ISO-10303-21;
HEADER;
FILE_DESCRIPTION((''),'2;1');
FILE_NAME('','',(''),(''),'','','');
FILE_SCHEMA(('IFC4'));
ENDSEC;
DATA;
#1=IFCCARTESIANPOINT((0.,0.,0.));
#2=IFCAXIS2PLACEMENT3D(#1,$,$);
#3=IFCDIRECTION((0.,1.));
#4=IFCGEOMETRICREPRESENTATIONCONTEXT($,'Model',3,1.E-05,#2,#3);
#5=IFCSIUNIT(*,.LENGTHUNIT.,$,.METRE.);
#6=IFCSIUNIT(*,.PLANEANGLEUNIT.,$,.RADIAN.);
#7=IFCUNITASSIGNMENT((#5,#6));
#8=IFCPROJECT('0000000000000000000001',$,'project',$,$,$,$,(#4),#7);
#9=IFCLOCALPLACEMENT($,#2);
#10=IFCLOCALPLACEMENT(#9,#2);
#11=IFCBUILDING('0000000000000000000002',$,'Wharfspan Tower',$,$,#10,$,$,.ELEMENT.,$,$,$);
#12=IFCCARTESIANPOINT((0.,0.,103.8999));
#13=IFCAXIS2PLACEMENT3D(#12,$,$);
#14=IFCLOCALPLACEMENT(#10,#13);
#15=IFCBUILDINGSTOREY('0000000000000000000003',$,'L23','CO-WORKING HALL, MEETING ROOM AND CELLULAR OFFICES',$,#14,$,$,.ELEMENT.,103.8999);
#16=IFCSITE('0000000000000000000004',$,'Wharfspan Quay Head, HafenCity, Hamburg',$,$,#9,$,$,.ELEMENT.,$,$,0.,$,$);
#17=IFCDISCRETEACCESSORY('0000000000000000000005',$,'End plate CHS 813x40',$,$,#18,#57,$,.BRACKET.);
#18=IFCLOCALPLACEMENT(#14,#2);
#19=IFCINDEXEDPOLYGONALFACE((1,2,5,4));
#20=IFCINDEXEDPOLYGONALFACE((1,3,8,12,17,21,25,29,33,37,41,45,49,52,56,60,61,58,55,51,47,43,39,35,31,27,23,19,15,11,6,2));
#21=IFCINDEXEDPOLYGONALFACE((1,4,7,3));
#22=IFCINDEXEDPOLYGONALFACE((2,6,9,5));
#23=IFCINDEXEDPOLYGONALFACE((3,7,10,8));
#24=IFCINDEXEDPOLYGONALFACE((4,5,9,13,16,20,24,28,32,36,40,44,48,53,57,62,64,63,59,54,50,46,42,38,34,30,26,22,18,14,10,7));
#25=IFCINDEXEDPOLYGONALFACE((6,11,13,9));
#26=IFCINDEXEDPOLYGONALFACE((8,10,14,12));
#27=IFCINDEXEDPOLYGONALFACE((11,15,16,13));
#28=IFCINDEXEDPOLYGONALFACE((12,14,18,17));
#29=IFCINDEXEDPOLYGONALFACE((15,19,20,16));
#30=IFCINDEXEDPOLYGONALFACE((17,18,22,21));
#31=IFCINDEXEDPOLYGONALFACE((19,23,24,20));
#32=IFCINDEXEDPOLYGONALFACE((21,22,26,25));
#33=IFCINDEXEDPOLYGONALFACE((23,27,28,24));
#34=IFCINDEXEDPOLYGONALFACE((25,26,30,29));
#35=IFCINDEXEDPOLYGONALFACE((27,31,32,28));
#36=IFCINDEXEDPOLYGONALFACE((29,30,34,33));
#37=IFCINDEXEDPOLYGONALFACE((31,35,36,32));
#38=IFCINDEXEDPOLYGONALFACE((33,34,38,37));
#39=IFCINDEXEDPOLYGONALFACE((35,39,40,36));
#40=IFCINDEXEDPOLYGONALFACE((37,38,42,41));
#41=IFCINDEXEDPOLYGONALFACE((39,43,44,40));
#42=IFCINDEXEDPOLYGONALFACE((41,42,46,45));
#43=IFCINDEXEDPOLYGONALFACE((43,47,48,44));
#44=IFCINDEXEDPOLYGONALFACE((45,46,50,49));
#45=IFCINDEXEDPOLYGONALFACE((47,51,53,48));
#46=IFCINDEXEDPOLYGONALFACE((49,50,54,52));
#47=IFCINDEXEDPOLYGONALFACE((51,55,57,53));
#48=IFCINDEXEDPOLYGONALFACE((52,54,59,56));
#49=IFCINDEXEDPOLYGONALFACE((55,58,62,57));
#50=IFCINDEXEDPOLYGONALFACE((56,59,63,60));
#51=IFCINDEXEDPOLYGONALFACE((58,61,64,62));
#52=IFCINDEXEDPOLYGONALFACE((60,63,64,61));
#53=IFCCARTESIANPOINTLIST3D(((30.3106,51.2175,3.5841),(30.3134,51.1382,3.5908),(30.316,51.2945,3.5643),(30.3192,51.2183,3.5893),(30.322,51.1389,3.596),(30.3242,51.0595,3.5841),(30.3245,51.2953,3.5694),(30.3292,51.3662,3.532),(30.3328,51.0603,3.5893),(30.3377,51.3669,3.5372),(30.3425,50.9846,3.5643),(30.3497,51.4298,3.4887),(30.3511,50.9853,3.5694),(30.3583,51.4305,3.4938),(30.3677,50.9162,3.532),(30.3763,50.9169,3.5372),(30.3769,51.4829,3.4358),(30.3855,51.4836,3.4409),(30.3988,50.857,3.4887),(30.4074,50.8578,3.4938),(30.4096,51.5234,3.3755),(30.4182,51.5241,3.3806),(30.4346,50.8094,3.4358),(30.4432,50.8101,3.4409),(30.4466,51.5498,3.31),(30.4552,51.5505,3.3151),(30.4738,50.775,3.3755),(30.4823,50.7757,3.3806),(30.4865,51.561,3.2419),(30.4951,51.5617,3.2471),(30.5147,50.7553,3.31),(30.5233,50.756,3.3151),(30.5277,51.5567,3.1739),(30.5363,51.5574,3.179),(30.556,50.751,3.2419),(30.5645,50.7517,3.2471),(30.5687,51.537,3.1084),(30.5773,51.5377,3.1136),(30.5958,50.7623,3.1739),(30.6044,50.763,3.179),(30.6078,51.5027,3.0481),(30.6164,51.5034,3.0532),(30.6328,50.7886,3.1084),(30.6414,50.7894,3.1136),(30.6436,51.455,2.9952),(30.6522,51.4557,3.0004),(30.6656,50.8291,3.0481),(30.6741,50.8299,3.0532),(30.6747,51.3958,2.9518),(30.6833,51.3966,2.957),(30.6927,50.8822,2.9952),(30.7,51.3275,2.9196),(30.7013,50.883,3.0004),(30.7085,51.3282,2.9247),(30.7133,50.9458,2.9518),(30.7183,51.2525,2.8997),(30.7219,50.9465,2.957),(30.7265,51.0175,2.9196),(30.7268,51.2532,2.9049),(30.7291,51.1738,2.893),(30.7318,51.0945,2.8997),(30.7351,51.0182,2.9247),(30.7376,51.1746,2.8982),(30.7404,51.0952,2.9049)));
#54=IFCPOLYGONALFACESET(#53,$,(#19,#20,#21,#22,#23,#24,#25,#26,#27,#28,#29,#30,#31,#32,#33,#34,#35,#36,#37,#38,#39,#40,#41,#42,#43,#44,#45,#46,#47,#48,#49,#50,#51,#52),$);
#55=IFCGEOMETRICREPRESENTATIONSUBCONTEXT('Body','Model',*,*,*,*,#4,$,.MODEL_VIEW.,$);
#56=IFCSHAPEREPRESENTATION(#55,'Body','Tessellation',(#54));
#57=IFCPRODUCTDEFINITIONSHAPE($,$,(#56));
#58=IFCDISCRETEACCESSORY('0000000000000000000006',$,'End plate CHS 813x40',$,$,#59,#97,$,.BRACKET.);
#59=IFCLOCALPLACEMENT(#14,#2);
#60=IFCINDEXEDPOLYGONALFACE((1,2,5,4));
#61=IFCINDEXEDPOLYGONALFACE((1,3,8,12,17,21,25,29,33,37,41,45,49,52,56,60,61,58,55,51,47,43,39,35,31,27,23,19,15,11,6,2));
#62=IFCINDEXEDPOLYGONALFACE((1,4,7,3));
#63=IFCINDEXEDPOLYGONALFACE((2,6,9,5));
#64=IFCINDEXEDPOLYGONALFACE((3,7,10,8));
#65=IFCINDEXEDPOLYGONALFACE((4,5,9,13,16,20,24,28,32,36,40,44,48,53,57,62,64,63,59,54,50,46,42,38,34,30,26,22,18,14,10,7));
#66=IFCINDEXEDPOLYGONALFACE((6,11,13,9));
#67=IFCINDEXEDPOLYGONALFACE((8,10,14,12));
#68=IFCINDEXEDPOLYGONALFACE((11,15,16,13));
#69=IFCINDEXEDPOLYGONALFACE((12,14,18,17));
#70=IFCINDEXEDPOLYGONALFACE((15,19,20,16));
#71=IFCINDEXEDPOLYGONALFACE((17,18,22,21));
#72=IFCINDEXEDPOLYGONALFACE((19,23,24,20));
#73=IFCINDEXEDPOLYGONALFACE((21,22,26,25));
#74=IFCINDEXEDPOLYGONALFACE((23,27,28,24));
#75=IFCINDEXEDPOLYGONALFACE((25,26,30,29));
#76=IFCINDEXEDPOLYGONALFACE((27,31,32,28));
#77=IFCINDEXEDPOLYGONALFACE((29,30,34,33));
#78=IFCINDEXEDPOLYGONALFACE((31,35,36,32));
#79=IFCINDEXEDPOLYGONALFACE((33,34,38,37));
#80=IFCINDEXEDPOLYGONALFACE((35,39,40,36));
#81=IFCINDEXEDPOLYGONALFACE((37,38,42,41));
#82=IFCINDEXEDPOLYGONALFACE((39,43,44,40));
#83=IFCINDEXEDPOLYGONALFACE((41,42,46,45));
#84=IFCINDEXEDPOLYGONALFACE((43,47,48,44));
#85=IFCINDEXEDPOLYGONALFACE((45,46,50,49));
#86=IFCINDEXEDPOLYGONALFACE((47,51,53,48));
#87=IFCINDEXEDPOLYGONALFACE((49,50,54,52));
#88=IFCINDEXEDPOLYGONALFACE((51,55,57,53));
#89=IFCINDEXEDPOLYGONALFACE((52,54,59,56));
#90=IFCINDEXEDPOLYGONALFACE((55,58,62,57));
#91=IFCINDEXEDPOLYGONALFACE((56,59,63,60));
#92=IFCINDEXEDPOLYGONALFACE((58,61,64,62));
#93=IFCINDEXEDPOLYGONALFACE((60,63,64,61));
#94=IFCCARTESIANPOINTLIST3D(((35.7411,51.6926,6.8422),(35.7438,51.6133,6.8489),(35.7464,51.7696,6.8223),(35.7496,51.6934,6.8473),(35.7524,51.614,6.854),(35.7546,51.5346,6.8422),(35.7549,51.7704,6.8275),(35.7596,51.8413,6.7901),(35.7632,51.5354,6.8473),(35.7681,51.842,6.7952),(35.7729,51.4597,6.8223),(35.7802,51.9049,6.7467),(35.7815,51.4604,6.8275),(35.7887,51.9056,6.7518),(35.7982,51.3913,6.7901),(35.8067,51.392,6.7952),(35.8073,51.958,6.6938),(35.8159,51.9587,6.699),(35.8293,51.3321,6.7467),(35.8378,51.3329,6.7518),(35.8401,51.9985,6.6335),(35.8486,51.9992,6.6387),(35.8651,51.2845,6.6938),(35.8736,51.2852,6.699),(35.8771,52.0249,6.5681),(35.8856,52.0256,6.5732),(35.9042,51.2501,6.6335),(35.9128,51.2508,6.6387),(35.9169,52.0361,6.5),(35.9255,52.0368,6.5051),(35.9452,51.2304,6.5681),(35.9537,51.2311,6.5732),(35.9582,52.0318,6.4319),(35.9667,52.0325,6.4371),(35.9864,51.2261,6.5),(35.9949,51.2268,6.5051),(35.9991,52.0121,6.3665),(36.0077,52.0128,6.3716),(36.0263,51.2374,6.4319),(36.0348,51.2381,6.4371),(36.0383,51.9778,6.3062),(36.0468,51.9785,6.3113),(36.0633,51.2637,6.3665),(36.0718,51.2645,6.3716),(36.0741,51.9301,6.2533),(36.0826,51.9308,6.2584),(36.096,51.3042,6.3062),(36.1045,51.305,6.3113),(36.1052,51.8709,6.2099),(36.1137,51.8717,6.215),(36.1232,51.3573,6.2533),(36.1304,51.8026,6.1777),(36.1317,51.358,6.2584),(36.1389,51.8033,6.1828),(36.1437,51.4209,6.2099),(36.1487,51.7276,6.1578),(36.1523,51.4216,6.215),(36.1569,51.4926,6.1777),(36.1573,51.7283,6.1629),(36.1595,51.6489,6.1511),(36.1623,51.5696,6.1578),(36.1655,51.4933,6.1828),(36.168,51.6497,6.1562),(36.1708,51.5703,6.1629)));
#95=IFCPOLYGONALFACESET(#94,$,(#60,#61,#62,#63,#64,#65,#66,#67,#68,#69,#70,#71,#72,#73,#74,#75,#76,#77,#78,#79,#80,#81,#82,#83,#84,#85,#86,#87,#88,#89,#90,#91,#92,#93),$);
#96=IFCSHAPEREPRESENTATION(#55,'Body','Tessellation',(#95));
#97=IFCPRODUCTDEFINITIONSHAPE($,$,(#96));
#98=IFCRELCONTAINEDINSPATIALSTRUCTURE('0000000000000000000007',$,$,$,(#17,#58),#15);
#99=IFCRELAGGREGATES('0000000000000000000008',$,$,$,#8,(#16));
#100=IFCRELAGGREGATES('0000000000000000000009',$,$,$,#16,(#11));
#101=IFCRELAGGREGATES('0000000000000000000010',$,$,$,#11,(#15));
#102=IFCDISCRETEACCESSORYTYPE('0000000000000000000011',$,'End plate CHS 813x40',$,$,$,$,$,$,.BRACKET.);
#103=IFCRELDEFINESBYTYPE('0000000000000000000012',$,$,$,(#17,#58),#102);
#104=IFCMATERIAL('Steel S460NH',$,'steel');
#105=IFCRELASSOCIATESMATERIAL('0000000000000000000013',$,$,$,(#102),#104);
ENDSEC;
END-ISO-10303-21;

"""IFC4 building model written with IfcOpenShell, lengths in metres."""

from ifc_helpers import new_model, si_unit, direction, frame, origin, origin_2d, place, context, subcontext, project, spatial, circle, extrude, material, material_profile, profile_set, type_object, element, save


model = new_model("IFC4")

# Units and contexts
model_context = context("Model", 3, precision=1e-05, world=origin(), true_north=direction((0.0, 1.0)))
body_context = subcontext(model_context, "Body", "Model", "MODEL_VIEW")
ifc_project = project(units=[si_unit("LENGTHUNIT", "METRE"), si_unit("PLANEANGLEUNIT", "RADIAN")], contexts=[model_context])

# Site, building, storey
site_placement = place(None, origin())
site = spatial("IfcSite", under=ifc_project, at=site_placement, Name="Wharfspan Quay Head, HafenCity, Hamburg", CompositionType="ELEMENT", RefElevation=0.0)
building_placement = place(site_placement, origin())
building = spatial("IfcBuilding", under=site, at=building_placement, Name="Wharfspan Tower", CompositionType="ELEMENT")
storey_placement = place(building_placement, frame((0.0, 0.0, 103.8999)))
storey = spatial("IfcBuildingStorey", under=building, at=storey_placement, Name="L23", Description="CO-WORKING HALL, MEETING ROOM AND CELLULAR OFFICES", CompositionType="ELEMENT", Elevation=103.8999)

# Shared definitions
ifc_material_1 = material(Name="Steel S460NH", Category="steel")

# Discrete accessories
ifc_material_profile_1 = material_profile(ifc_material_1, circle(Radius=0.4065, at=origin_2d()))
ifc_profile_set_1 = profile_set([ifc_material_profile_1], Name="Steel S460NH")
discrete_accessory_type = type_object("IfcDiscreteAccessoryType", Name="End plate CHS 813x40", PredefinedType="BRACKET", material=ifc_profile_set_1)
for number, where, z_axis, x_axis, name in (
    (1, (30.5212, 51.156, 3.2419), (0.855186, 0.073302, 0.513112), (-0.085402, 0.996345, 0.000001), "End plate CHS 813x40"),
    (2, (35.9517, 51.6311, 6.5), (0.855186, 0.073302, 0.513112), (-0.085402, 0.996345, 0.000001), "End plate CHS 813x40"),
):
    element("IfcDiscreteAccessory", number, at=place(storey_placement, frame(where, z_axis=z_axis, x_axis=x_axis)), inside=storey, type_object=discrete_accessory_type, Name=name, PredefinedType="BRACKET", context=body_context, shape_type="SweptSolid", body=[
        extrude(circle(Radius=0.4065, at=origin_2d()), origin(), (0.0, 0.0, 1.0), 0.01),
    ])

save(model, "model.ifc")
